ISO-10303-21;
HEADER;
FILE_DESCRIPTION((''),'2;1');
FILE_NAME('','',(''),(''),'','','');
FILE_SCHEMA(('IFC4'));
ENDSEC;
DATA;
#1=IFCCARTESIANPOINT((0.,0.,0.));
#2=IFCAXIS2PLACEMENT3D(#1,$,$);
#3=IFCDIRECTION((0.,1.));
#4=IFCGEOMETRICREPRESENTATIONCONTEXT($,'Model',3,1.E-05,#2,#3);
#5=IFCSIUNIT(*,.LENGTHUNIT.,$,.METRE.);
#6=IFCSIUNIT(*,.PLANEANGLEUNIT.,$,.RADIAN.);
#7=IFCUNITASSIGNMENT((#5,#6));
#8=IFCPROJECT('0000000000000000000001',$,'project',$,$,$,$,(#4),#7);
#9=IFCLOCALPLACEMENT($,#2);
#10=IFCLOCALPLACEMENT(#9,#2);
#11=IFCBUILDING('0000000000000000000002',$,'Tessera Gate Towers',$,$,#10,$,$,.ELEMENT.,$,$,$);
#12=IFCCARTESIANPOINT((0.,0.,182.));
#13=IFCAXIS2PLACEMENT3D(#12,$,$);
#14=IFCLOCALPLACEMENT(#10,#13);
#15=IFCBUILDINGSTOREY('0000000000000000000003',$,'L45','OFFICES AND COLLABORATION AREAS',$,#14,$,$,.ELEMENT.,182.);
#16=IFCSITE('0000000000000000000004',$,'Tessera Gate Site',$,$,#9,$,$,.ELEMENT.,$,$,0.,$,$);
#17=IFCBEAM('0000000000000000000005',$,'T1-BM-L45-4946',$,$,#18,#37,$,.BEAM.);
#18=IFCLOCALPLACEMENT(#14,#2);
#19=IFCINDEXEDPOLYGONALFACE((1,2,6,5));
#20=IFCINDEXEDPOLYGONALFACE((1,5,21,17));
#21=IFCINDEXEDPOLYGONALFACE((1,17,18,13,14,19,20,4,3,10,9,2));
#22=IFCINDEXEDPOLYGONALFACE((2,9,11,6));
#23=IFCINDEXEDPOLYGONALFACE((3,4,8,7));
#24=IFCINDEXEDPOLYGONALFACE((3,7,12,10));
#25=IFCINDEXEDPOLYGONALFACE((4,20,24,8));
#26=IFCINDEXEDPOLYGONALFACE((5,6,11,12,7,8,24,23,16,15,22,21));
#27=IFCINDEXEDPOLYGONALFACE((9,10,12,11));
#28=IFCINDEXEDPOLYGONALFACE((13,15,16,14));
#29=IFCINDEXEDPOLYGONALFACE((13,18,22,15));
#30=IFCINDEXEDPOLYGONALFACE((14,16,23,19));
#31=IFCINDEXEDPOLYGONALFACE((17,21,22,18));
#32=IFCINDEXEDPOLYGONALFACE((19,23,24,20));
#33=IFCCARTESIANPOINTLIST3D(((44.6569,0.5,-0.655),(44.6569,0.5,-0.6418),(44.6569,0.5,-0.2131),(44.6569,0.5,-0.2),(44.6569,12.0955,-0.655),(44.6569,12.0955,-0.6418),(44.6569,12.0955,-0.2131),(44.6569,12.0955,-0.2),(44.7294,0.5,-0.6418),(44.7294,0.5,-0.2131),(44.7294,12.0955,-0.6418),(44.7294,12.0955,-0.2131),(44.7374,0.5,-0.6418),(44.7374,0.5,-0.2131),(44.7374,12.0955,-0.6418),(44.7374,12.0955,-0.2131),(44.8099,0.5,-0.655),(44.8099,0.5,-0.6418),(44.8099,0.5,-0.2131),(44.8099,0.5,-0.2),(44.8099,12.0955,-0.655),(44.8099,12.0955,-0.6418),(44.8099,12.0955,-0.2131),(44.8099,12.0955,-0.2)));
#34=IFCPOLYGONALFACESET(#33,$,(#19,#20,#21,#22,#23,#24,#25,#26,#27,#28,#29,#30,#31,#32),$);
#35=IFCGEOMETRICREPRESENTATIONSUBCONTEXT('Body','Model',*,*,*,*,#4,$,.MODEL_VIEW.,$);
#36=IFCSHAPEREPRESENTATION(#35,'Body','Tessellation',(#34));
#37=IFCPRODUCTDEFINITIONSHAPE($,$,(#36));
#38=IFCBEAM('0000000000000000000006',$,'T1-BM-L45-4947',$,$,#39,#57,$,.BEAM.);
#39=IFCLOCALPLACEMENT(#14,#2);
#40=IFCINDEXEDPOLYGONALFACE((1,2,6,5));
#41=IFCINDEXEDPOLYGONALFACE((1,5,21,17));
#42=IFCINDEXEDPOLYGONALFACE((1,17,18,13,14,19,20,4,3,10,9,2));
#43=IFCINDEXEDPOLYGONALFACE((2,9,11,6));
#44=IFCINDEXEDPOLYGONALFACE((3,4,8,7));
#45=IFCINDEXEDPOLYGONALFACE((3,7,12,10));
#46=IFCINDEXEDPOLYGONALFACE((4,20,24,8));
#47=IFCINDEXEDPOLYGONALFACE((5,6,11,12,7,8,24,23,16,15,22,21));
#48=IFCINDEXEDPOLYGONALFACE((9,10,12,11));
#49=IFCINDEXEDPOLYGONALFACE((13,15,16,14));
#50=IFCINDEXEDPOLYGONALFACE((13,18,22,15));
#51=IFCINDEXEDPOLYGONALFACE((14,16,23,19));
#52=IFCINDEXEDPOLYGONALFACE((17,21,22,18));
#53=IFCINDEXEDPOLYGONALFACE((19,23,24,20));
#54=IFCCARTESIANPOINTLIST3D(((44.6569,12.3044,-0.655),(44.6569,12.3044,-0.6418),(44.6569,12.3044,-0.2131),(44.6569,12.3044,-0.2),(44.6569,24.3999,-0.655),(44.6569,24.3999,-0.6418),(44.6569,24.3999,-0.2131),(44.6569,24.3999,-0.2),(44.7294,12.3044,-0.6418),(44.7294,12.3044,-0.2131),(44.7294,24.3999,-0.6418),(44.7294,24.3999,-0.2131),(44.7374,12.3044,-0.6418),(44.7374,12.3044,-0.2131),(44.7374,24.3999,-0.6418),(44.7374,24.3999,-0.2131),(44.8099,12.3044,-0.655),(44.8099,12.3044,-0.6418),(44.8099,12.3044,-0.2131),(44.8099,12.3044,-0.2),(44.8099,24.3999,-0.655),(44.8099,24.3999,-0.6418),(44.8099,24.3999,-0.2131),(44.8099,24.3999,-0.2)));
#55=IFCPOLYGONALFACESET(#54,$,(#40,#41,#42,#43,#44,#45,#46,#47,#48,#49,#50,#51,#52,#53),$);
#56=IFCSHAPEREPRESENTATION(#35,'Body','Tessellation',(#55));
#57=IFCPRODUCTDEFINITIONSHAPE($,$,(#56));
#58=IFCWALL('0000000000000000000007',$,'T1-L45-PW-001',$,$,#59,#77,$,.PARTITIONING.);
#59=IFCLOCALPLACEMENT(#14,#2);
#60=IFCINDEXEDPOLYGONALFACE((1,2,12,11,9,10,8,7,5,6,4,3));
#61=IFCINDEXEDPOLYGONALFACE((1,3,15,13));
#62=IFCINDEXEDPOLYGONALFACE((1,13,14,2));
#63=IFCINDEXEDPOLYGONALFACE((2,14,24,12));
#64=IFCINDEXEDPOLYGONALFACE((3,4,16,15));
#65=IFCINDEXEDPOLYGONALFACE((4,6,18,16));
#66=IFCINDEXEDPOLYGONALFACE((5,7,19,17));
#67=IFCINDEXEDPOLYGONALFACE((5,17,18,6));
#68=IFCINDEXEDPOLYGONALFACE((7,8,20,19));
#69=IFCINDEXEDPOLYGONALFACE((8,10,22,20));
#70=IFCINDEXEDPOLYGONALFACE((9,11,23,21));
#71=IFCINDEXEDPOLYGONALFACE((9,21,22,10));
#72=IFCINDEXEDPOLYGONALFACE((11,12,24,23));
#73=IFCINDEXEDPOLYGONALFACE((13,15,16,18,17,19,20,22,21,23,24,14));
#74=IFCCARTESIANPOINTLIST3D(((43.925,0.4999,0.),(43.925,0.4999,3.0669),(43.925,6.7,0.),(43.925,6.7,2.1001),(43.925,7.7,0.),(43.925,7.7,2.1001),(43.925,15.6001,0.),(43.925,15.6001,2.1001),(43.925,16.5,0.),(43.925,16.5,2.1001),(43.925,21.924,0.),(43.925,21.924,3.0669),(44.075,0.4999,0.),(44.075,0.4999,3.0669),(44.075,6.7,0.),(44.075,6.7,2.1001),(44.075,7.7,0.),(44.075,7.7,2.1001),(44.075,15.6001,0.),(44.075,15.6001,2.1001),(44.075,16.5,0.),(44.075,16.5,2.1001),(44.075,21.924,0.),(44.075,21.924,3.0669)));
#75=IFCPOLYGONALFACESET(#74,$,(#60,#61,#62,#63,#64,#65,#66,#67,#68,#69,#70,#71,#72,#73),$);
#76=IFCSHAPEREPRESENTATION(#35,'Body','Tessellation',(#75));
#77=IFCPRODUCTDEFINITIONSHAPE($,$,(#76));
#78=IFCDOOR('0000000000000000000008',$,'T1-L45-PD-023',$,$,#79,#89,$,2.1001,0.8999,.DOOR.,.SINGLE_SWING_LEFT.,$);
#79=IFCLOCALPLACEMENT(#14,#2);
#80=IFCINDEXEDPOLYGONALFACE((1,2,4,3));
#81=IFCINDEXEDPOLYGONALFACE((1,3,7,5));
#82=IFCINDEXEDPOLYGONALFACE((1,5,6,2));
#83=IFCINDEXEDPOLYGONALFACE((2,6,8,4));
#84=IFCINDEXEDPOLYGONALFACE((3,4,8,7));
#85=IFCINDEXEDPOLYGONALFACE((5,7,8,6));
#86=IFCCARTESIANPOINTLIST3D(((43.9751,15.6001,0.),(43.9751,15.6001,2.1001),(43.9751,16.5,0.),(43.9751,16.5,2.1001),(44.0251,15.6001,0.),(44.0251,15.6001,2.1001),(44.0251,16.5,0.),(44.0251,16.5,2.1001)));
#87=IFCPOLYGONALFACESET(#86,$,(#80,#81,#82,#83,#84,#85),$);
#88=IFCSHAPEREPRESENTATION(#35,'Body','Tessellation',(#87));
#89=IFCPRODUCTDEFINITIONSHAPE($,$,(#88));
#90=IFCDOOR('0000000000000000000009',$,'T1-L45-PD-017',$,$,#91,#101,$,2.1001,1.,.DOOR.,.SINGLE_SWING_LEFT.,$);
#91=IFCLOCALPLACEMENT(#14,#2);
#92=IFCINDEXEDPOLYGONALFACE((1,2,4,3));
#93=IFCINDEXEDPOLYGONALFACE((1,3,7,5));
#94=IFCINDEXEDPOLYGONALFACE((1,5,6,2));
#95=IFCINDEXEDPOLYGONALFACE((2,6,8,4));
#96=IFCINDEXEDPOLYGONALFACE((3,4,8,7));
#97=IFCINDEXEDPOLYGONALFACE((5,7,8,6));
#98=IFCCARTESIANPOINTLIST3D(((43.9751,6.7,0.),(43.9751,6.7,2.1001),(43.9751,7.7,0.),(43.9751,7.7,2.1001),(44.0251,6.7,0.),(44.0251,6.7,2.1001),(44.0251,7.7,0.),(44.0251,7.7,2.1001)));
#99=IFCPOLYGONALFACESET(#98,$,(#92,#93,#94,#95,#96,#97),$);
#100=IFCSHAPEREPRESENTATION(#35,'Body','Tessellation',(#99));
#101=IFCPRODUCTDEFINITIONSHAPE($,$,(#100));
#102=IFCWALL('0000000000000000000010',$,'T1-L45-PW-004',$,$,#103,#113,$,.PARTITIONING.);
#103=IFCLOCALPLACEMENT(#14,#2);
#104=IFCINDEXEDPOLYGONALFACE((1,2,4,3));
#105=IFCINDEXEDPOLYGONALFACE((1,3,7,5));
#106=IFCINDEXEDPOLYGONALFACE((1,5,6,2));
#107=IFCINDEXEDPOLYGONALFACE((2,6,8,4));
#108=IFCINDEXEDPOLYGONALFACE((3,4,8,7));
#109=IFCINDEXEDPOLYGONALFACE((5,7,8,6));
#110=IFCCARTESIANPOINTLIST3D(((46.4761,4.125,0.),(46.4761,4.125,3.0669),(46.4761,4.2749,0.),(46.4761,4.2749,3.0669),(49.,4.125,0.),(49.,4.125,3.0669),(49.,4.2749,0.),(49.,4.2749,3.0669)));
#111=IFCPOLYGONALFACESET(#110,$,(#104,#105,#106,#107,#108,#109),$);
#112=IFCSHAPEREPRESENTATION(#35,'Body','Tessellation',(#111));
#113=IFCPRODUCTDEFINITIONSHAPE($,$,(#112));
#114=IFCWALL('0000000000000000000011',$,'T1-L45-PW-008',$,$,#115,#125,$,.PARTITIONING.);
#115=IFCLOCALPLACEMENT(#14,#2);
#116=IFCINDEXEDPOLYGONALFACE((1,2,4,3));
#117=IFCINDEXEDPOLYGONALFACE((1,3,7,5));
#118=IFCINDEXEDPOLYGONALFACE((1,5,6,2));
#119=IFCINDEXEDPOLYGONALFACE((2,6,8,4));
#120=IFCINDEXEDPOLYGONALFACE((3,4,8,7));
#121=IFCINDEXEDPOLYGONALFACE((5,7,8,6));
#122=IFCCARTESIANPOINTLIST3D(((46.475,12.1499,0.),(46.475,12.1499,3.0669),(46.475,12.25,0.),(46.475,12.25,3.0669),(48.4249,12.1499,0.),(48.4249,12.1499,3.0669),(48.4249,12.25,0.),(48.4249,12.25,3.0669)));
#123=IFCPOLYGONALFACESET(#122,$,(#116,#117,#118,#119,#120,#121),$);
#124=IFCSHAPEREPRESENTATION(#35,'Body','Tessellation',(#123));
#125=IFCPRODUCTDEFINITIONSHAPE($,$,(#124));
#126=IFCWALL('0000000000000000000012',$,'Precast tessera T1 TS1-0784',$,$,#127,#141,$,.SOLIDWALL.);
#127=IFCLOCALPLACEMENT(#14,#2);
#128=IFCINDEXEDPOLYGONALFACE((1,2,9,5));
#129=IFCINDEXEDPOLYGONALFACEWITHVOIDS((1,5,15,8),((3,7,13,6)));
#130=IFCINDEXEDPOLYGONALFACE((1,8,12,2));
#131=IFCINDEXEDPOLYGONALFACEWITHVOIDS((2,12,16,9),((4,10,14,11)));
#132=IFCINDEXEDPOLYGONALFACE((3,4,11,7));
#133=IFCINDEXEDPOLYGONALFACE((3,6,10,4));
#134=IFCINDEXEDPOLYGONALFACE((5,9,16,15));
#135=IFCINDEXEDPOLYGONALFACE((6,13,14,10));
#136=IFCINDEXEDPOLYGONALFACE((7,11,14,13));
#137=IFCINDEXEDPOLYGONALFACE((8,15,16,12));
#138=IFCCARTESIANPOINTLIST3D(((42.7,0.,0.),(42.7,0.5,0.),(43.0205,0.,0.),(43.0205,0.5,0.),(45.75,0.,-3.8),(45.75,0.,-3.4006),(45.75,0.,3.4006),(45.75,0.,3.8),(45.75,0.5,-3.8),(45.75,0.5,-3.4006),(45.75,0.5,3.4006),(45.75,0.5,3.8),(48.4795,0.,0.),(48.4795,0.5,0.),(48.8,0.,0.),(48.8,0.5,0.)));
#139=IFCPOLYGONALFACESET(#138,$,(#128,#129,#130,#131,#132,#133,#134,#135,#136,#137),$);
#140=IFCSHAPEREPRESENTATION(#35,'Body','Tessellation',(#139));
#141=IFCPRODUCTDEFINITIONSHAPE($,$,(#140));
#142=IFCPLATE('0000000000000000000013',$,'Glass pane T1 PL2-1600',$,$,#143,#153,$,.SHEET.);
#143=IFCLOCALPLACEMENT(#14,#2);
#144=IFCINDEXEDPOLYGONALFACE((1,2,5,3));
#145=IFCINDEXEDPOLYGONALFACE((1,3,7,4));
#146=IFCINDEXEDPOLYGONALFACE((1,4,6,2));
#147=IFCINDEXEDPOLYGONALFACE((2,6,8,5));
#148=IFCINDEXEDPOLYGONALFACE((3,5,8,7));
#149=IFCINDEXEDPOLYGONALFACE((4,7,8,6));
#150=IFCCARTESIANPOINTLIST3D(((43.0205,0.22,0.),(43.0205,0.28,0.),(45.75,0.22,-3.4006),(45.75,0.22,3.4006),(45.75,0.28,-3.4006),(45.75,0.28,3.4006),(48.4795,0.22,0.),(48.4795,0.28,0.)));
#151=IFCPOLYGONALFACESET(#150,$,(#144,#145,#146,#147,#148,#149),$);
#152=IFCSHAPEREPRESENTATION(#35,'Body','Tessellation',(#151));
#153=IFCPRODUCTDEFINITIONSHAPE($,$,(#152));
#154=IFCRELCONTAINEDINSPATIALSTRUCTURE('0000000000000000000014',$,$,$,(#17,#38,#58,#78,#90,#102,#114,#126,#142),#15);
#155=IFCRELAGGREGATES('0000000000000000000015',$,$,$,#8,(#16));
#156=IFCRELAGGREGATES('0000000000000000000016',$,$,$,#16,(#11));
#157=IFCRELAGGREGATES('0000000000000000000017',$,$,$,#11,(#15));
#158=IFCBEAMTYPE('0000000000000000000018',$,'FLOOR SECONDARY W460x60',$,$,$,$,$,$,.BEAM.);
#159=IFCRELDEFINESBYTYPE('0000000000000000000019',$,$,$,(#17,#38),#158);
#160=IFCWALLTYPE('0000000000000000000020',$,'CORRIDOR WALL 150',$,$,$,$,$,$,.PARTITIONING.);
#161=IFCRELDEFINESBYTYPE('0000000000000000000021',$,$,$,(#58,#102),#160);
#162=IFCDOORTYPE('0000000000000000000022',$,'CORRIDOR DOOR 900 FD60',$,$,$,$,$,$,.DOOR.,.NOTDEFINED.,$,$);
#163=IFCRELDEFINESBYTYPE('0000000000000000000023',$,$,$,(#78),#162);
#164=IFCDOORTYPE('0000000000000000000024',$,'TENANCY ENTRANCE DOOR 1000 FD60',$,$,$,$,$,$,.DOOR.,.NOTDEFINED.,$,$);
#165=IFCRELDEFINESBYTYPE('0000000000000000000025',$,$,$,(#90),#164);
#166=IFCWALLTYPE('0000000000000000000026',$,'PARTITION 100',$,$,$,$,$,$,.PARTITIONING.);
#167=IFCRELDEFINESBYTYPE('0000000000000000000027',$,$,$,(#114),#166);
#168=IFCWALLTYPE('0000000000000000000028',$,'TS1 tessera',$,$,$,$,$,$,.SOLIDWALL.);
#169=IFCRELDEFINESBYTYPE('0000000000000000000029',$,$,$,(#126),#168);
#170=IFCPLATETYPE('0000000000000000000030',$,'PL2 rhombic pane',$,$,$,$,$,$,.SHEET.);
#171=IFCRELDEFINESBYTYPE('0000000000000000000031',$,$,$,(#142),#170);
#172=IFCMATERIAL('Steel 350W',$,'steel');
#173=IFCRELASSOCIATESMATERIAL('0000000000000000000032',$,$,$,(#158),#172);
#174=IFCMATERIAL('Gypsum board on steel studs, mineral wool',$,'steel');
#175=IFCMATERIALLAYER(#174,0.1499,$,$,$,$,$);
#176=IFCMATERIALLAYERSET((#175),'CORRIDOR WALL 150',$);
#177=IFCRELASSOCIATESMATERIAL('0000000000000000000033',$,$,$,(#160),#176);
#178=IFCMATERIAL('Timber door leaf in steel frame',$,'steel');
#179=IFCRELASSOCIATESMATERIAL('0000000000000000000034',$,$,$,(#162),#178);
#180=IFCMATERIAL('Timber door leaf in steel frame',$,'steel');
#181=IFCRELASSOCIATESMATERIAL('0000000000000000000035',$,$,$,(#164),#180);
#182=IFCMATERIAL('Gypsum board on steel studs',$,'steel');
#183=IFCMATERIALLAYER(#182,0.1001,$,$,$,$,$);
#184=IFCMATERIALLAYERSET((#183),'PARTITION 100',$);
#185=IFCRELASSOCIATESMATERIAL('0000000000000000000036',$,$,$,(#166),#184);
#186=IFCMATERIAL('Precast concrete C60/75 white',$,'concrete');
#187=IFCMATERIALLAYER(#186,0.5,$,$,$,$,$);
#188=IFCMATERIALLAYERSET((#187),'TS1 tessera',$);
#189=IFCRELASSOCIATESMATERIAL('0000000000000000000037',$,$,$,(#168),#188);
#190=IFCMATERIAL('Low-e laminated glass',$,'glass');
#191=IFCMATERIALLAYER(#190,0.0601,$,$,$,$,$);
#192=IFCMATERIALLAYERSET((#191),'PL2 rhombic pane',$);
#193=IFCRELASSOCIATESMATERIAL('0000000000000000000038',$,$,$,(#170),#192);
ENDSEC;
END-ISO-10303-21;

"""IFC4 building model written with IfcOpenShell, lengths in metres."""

from ifc_helpers import new_model, si_unit, direction, frame, frame_2d, origin, origin_2d, place, context, subcontext, project, spatial, polyline, rectangle, i_section, outline, extrude, source, transform, mapped, material, layer, layer_set, material_profile, profile_set, type_object, element, fill, save


model = new_model("IFC4")

# Units and contexts
model_context = context("Model", 3, precision=1e-05, world=origin(), true_north=direction((0.0, 1.0)))
body_context = subcontext(model_context, "Body", "Model", "MODEL_VIEW")
ifc_project = project(units=[si_unit("LENGTHUNIT", "METRE"), si_unit("PLANEANGLEUNIT", "RADIAN")], contexts=[model_context])

# Site, building, storey
site_placement = place(None, origin())
site = spatial("IfcSite", under=ifc_project, at=site_placement, Name="Tessera Gate Site", CompositionType="ELEMENT", RefElevation=0.0)
building_placement = place(site_placement, origin())
building = spatial("IfcBuilding", under=site, at=building_placement, Name="Tessera Gate Towers", CompositionType="ELEMENT")
storey_placement = place(building_placement, frame((0.0, 0.0, 182.0)))
storey = spatial("IfcBuildingStorey", under=building, at=storey_placement, Name="L45", Description="OFFICES AND COLLABORATION AREAS", CompositionType="ELEMENT", Elevation=182.0)

# Beams
ifc_material_1 = material(Name="Steel 350W", Category="steel")
ifc_material_profile_1 = material_profile(ifc_material_1, i_section(OverallWidth=0.1531, OverallDepth=0.4551, WebThickness=0.0081, FlangeThickness=0.0132, at=origin_2d()), Name="W460x60")
ifc_profile_set_1 = profile_set([ifc_material_profile_1], Name="Steel 350W")
beam_type_1 = type_object("IfcBeamType", Name="FLOOR SECONDARY W460x60", PredefinedType="BEAM", material=ifc_profile_set_1)
beam_1_placement = place(storey_placement, frame((44.7334, 0.5, -0.4275), z_axis=(0.0, 1.0, 0.0), x_axis=(-1.0, 0.0, 0.0)))
element("IfcBeam", 1, at=beam_1_placement, inside=storey, type_object=beam_type_1, Name="T1-BM-L45-4946", PredefinedType="BEAM", context=body_context, shape_type="SweptSolid", body=[
    extrude(i_section(OverallWidth=0.1531, OverallDepth=0.4551, WebThickness=0.0081, FlangeThickness=0.0132, at=origin_2d()), origin(), (0.0, 0.0, 1.0), 11.5955),
])
beam_2_placement = place(storey_placement, frame((44.7334, 12.3044, -0.4275), z_axis=(0.0, 1.0, 0.0), x_axis=(-1.0, 0.0, 0.0)))
element("IfcBeam", 2, at=beam_2_placement, inside=storey, type_object=beam_type_1, Name="T1-BM-L45-4947", PredefinedType="BEAM", context=body_context, shape_type="SweptSolid", body=[
    extrude(i_section(OverallWidth=0.1531, OverallDepth=0.4551, WebThickness=0.0081, FlangeThickness=0.0132, at=origin_2d()), origin(), (0.0, 0.0, 1.0), 12.0955),
])

# Wall, openings, doors
ifc_material_2 = material(Name="Gypsum board on steel studs, mineral wool", Category="steel")
ifc_layer_1 = layer(ifc_material_2, 0.1499)
ifc_layer_set_1 = layer_set([ifc_layer_1], Name="CORRIDOR WALL 150")
wall_type_1 = type_object("IfcWallType", Name="CORRIDOR WALL 150", PredefinedType="PARTITIONING", material=ifc_layer_set_1)
wall_1_placement = place(storey_placement, frame((44.0, 0.5, 0.0), z_axis=(0.0, 0.0, 1.0), x_axis=(0.0, 1.0, 0.0)))
wall_1 = element("IfcWall", 3, at=wall_1_placement, inside=storey, type_object=wall_type_1, Name="T1-L45-PW-001", PredefinedType="PARTITIONING", context=body_context, shape_type="SweptSolid", body=[
    extrude(rectangle(XDim=21.4241, YDim=0.1499, at=frame_2d((10.7119, 0.0))), origin(), (0.0, 0.0, 1.0), 3.0669),
])
shared_shape_1 = source(origin(), body_context, "Body", "SweptSolid", [
    extrude(rectangle(XDim=1.0, YDim=2.1001, at=frame_2d((0.5, 1.05))), frame((0.0, 0.085, 0.0), z_axis=(0.0, -1.0, 0.0), x_axis=(1.0, 0.0, 0.0)), (0.0, 0.0, 1.0), 0.1699),
])
opening_1_placement = place(wall_1_placement, frame((6.2, 0.0, 0.0)))
opening_1 = element("IfcOpeningElement", 4, at=opening_1_placement, cuts=wall_1, PredefinedType="OPENING", context=body_context, shape_type="MappedRepresentation", body=[
    mapped(shared_shape_1, transform((0.0, 0.0, 0.0), scale=1.0)),
])
shared_shape_2 = source(origin(), body_context, "Body", "SweptSolid", [
    extrude(rectangle(XDim=0.8999, YDim=2.1001, at=frame_2d((0.45, 1.05))), frame((0.0, 0.085, 0.0), z_axis=(0.0, -1.0, 0.0), x_axis=(1.0, 0.0, 0.0)), (0.0, 0.0, 1.0), 0.1699),
])
opening_2_placement = place(wall_1_placement, frame((15.1001, 0.0, 0.0)))
opening_2 = element("IfcOpeningElement", 5, at=opening_2_placement, cuts=wall_1, PredefinedType="OPENING", context=body_context, shape_type="MappedRepresentation", body=[
    mapped(shared_shape_2, transform((0.0, 0.0, 0.0), scale=1.0)),
])
ifc_material_3 = material(Name="Timber door leaf in steel frame", Category="steel")
door_type_1 = type_object("IfcDoorType", Name="CORRIDOR DOOR 900 FD60", OperationType="NOTDEFINED", PredefinedType="DOOR", material=ifc_material_3)
shared_shape_3 = source(origin(), body_context, "Body", "SweptSolid", [
    extrude(rectangle(XDim=0.8999, YDim=2.1001, at=frame_2d((0.45, 1.05))), frame((0.0, 0.0249, 0.0), z_axis=(0.0, -1.0, 0.0), x_axis=(1.0, 0.0, 0.0)), (0.0, 0.0, 1.0), 0.05),
])
door_1_placement = place(opening_2_placement, origin())
door_1 = element("IfcDoor", 6, at=door_1_placement, inside=storey, type_object=door_type_1, Name="T1-L45-PD-023", OperationType="SINGLE_SWING_LEFT", OverallHeight=2.1001, OverallWidth=0.8999, PredefinedType="DOOR", context=body_context, shape_type="MappedRepresentation", body=[
    mapped(shared_shape_3, transform((0.0, 0.0, 0.0), scale=1.0)),
])
fill(opening_2, door_1)
ifc_material_4 = material(Name="Timber door leaf in steel frame", Category="steel")
door_type_2 = type_object("IfcDoorType", Name="TENANCY ENTRANCE DOOR 1000 FD60", OperationType="NOTDEFINED", PredefinedType="DOOR", material=ifc_material_4)
shared_shape_4 = source(origin(), body_context, "Body", "SweptSolid", [
    extrude(rectangle(XDim=1.0, YDim=2.1001, at=frame_2d((0.5, 1.05))), frame((0.0, 0.0249, 0.0), z_axis=(0.0, -1.0, 0.0), x_axis=(1.0, 0.0, 0.0)), (0.0, 0.0, 1.0), 0.05),
])
door_2_placement = place(opening_1_placement, origin())
door_2 = element("IfcDoor", 7, at=door_2_placement, inside=storey, type_object=door_type_2, Name="T1-L45-PD-017", OperationType="SINGLE_SWING_LEFT", OverallHeight=2.1001, OverallWidth=1.0, PredefinedType="DOOR", context=body_context, shape_type="MappedRepresentation", body=[
    mapped(shared_shape_4, transform((0.0, 0.0, 0.0), scale=1.0)),
])
fill(opening_1, door_2)

# Walls
wall_2_placement = place(storey_placement, frame((46.4761, 4.2, 0.0), z_axis=(0.0, 0.0, 1.0), x_axis=(1.0, 0.0, 0.0)))
element("IfcWall", 8, at=wall_2_placement, inside=storey, type_object=wall_type_1, Name="T1-L45-PW-004", PredefinedType="PARTITIONING", context=body_context, shape_type="SweptSolid", body=[
    extrude(rectangle(XDim=2.5239, YDim=0.1499, at=frame_2d((1.262, 0.0))), origin(), (0.0, 0.0, 1.0), 3.0669),
])
ifc_material_5 = material(Name="Gypsum board on steel studs", Category="steel")
ifc_layer_2 = layer(ifc_material_5, 0.1001)
ifc_layer_set_2 = layer_set([ifc_layer_2], Name="PARTITION 100")
wall_type_2 = type_object("IfcWallType", Name="PARTITION 100", PredefinedType="PARTITIONING", material=ifc_layer_set_2)
wall_3_placement = place(storey_placement, frame((48.425, 12.2, 0.0), z_axis=(0.0, 0.0, 1.0), x_axis=(-1.0, 0.0, 0.0)))
element("IfcWall", 9, at=wall_3_placement, inside=storey, type_object=wall_type_2, Name="T1-L45-PW-008", PredefinedType="PARTITIONING", context=body_context, shape_type="SweptSolid", body=[
    extrude(rectangle(XDim=1.95, YDim=0.1001, at=frame_2d((0.9751, 0.0))), origin(), (0.0, 0.0, 1.0), 3.0669),
])

# Wall, opening, plate
ifc_material_6 = material(Name="Precast concrete C60/75 white", Category="concrete")
ifc_layer_3 = layer(ifc_material_6, 0.5)
ifc_layer_set_3 = layer_set([ifc_layer_3], Name="TS1 tessera")
wall_type_3 = type_object("IfcWallType", Name="TS1 tessera", PredefinedType="SOLIDWALL", material=ifc_layer_set_3)
shared_shape_5 = source(origin(), body_context, "Body", "SweptSolid", [
    extrude(outline(polyline([(3.05, 0.0), (6.1001, 3.8), (3.05, 7.6001), (0.0, 3.8), (3.05, 0.0)])), frame((0.0, 0.25, 0.0), z_axis=(0.0, -1.0, 0.0), x_axis=(1.0, 0.0, 0.0)), (0.0, 0.0, 1.0), 0.5),
])
wall_4_placement = place(storey_placement, frame((42.7, 0.25, -3.8), z_axis=(0.0, 0.0, 1.0), x_axis=(1.0, 0.0, 0.0)))
wall_4 = element("IfcWall", 10, at=wall_4_placement, inside=storey, type_object=wall_type_3, Name="Precast tessera T1 TS1-0784", PredefinedType="SOLIDWALL", context=body_context, shape_type="MappedRepresentation", body=[
    mapped(shared_shape_5, transform((0.0, 0.0, 0.0), scale=1.0)),
])
shared_shape_6 = source(origin(), body_context, "Body", "SweptSolid", [
    extrude(outline(polyline([(3.05, 0.3994), (5.7795, 3.8), (3.05, 7.2007), (0.3206, 3.8), (3.05, 0.3994)])), frame((0.0, 0.26, 0.0), z_axis=(0.0, -1.0, 0.0), x_axis=(1.0, 0.0, 0.0)), (0.0, 0.0, 1.0), 0.52),
])
opening_3_placement = place(wall_4_placement, origin())
opening_3 = element("IfcOpeningElement", 11, at=opening_3_placement, cuts=wall_4, PredefinedType="OPENING", context=body_context, shape_type="MappedRepresentation", body=[
    mapped(shared_shape_6, transform((0.0, 0.0, 0.0), scale=1.0)),
])
ifc_material_7 = material(Name="Low-e laminated glass", Category="glass")
ifc_layer_4 = layer(ifc_material_7, 0.0601)
ifc_layer_set_4 = layer_set([ifc_layer_4], Name="PL2 rhombic pane")
plate_type = type_object("IfcPlateType", Name="PL2 rhombic pane", PredefinedType="SHEET", material=ifc_layer_set_4)
shared_shape_7 = source(origin(), body_context, "Body", "SweptSolid", [
    extrude(outline(polyline([(3.05, 0.3994), (5.7795, 3.8), (3.05, 7.2007), (0.3206, 3.8), (3.05, 0.3994)])), frame((0.0, 0.03, 0.0), z_axis=(0.0, -1.0, 0.0), x_axis=(1.0, 0.0, 0.0)), (0.0, 0.0, 1.0), 0.0601),
])
plate_placement = place(opening_3_placement, origin())
plate = element("IfcPlate", 12, at=plate_placement, inside=storey, type_object=plate_type, Name="Glass pane T1 PL2-1600", PredefinedType="SHEET", context=body_context, shape_type="MappedRepresentation", body=[
    mapped(shared_shape_7, transform((0.0, 0.0, 0.0), scale=1.0)),
])
fill(opening_3, plate)

save(model, "model.ifc")
